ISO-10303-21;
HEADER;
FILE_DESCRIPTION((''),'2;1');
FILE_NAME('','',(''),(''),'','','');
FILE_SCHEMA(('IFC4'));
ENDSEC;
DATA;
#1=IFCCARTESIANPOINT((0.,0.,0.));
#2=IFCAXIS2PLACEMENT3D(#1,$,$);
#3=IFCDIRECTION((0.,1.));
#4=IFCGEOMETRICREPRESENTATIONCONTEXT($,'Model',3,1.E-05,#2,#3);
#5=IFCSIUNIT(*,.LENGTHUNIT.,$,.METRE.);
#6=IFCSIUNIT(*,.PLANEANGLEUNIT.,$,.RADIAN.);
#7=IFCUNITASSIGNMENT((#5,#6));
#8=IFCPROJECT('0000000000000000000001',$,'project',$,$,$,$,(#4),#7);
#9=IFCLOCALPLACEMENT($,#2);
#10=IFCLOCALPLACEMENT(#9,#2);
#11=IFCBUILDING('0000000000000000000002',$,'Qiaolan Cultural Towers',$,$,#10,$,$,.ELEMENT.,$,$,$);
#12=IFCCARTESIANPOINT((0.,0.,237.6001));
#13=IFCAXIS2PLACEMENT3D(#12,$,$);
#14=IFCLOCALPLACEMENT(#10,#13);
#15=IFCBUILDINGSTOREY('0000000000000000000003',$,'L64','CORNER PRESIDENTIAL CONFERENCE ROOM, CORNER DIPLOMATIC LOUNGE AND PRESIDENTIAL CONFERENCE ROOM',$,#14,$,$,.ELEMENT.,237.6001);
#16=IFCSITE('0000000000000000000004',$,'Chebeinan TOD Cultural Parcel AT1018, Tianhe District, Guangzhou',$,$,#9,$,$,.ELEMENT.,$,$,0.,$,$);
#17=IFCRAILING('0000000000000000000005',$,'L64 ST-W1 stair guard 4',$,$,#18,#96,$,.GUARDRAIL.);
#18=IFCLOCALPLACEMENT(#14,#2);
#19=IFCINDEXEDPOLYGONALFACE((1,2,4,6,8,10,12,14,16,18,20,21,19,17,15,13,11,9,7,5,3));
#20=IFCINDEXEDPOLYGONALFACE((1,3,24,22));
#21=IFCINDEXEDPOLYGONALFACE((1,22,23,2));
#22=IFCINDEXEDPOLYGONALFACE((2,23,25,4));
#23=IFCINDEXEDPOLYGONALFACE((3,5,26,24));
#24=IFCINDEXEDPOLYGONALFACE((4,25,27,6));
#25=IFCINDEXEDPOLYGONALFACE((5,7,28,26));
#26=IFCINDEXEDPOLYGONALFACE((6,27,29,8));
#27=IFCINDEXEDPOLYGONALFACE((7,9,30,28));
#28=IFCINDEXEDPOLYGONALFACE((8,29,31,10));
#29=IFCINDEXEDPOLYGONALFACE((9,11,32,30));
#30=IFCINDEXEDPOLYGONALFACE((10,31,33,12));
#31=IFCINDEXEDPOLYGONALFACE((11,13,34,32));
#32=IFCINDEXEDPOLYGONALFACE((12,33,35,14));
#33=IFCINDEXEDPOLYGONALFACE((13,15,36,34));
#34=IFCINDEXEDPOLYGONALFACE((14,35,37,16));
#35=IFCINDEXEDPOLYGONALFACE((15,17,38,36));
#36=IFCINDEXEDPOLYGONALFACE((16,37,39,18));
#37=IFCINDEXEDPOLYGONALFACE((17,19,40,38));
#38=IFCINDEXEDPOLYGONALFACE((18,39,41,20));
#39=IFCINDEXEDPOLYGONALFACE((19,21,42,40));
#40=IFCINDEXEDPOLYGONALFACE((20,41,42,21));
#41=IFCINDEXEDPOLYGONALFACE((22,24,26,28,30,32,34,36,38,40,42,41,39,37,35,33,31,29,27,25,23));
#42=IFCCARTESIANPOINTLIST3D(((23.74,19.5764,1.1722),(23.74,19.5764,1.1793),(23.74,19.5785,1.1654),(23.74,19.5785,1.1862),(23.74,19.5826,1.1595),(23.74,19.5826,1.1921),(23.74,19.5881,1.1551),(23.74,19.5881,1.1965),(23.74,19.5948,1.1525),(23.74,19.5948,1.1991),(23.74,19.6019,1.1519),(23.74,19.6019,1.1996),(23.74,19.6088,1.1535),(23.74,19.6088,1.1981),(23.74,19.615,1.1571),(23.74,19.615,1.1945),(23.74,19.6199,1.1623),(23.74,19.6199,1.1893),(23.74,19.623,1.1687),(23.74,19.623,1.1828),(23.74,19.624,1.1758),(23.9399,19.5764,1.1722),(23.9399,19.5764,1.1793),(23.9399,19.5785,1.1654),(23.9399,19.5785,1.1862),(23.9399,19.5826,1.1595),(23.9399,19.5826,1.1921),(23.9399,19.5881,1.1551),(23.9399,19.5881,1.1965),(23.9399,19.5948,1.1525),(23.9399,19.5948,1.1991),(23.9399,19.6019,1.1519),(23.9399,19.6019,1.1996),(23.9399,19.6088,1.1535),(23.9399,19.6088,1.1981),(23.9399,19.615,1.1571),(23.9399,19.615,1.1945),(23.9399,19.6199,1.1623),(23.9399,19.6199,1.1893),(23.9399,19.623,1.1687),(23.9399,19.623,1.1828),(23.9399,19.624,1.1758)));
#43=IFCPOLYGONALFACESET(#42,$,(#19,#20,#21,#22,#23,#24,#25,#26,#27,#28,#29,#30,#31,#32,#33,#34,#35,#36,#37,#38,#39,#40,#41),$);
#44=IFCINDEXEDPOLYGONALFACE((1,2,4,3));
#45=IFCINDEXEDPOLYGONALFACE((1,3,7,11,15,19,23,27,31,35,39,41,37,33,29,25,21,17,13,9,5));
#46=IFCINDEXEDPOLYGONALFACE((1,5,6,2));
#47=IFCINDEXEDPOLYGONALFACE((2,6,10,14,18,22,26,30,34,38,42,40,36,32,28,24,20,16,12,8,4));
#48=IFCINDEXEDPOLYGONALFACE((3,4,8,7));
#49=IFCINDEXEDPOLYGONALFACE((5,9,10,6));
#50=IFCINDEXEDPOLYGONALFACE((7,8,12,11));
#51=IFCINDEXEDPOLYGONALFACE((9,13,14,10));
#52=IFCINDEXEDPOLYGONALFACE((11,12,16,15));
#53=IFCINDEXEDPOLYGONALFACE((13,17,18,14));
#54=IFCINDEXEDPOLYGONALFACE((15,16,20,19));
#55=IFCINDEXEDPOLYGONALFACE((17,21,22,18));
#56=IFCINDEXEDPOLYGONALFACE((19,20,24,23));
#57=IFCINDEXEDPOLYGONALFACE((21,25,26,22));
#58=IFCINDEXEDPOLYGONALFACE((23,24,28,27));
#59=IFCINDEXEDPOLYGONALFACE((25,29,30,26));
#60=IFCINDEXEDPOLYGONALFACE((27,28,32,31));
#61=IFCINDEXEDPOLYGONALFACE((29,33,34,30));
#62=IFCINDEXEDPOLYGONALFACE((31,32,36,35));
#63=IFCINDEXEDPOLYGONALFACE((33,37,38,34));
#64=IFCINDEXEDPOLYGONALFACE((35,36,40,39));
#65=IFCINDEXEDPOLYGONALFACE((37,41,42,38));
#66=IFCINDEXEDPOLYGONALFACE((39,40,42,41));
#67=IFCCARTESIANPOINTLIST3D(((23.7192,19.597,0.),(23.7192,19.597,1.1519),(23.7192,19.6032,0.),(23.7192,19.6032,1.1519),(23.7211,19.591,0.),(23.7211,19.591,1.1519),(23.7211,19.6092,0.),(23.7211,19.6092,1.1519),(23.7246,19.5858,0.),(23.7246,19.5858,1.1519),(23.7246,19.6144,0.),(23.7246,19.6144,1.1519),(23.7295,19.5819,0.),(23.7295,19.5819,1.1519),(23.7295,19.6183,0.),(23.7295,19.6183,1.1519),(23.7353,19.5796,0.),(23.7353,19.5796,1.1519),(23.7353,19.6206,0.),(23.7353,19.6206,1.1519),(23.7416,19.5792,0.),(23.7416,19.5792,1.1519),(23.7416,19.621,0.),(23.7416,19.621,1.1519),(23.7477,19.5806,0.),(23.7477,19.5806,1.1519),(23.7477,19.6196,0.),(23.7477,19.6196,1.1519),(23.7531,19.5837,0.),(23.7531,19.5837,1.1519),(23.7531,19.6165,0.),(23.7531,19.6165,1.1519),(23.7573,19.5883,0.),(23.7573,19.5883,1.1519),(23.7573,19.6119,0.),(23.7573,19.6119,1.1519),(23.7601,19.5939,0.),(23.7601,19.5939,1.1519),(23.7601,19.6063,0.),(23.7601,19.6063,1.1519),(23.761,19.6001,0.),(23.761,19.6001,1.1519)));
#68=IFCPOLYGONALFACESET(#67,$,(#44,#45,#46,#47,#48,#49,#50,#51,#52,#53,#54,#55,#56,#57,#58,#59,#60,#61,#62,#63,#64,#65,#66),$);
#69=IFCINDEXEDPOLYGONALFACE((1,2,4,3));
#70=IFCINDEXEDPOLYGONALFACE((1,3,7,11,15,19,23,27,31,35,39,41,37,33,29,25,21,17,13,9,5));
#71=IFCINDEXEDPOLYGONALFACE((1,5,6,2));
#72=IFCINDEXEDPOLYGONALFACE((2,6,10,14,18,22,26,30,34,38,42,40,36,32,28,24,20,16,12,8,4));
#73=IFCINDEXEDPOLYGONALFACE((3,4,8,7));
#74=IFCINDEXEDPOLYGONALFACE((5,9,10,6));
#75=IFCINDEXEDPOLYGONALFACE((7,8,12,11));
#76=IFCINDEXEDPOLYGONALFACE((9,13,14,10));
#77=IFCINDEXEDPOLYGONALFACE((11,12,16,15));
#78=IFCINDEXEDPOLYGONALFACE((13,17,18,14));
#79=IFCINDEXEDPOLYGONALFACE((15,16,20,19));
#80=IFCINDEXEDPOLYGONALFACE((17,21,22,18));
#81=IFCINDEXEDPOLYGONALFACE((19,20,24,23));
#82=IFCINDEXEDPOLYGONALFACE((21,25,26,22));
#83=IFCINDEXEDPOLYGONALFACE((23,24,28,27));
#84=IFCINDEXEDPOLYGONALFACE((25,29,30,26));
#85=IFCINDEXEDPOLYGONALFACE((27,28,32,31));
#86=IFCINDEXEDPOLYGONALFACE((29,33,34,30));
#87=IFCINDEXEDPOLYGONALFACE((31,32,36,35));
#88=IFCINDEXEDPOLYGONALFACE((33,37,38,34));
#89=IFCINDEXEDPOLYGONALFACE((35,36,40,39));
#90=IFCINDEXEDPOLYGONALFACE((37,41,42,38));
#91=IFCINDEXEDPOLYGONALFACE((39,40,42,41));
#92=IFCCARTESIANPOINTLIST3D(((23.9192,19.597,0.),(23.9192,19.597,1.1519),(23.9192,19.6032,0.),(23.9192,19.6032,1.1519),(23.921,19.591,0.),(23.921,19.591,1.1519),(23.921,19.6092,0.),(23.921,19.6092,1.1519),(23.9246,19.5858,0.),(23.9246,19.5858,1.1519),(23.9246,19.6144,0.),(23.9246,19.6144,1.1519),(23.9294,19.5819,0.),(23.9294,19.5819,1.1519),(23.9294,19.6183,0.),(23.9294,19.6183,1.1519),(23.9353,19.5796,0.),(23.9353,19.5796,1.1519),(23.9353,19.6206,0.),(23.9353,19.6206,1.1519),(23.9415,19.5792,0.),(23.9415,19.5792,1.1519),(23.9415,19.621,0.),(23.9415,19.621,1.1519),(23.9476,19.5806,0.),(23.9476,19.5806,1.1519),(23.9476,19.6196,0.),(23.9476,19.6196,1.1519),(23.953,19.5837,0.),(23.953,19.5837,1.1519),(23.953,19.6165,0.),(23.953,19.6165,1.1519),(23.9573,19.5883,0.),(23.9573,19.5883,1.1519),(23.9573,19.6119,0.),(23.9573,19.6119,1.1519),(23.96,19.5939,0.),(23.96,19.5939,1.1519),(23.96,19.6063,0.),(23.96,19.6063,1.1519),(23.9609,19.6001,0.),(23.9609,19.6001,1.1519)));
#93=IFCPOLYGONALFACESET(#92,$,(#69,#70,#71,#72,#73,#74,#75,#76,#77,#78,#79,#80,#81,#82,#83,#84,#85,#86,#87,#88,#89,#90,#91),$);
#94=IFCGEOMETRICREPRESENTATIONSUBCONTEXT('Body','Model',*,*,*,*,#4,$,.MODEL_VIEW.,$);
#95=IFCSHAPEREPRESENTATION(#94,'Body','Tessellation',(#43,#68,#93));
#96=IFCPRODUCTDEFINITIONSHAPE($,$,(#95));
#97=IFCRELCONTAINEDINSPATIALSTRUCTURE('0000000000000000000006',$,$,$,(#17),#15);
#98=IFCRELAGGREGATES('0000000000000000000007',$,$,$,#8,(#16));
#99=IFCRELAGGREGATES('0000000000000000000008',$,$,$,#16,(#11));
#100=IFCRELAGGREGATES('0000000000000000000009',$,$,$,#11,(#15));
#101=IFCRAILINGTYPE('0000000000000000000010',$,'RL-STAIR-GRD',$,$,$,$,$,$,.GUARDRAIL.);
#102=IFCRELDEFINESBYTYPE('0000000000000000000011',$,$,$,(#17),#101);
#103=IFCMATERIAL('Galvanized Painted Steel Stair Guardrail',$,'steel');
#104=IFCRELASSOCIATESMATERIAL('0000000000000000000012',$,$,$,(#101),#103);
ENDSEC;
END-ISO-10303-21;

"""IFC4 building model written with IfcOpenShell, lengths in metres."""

from ifc_helpers import new_model, si_unit, direction, frame, origin, origin_2d, place, context, subcontext, project, spatial, circle, extrude, material, type_object, element, save


model = new_model("IFC4")

# Units and contexts
model_context = context("Model", 3, precision=1e-05, world=origin(), true_north=direction((0.0, 1.0)))
body_context = subcontext(model_context, "Body", "Model", "MODEL_VIEW")
ifc_project = project(units=[si_unit("LENGTHUNIT", "METRE"), si_unit("PLANEANGLEUNIT", "RADIAN")], contexts=[model_context])

# Site, building, storey
site_placement = place(None, origin())
site = spatial("IfcSite", under=ifc_project, at=site_placement, Name="Chebeinan TOD Cultural Parcel AT1018, Tianhe District, Guangzhou", CompositionType="ELEMENT", RefElevation=0.0)
building_placement = place(site_placement, origin())
building = spatial("IfcBuilding", under=site, at=building_placement, Name="Qiaolan Cultural Towers", CompositionType="ELEMENT")
storey_placement = place(building_placement, frame((0.0, 0.0, 237.6001)))
storey = spatial("IfcBuildingStorey", under=building, at=storey_placement, Name="L64", Description="CORNER PRESIDENTIAL CONFERENCE ROOM, CORNER DIPLOMATIC LOUNGE AND PRESIDENTIAL CONFERENCE ROOM", CompositionType="ELEMENT", Elevation=237.6001)

# Railing
ifc_material_1 = material(Name="Galvanized Painted Steel Stair Guardrail", Category="steel")
railing_type_1 = type_object("IfcRailingType", Name="RL-STAIR-GRD", PredefinedType="GUARDRAIL", material=ifc_material_1)
railing_1_placement = place(storey_placement, frame((23.74, 19.6001, 0.0)))
element("IfcRailing", 1, at=railing_1_placement, inside=storey, type_object=railing_type_1, Name="L64 ST-W1 stair guard 4", PredefinedType="GUARDRAIL", context=body_context, shape_type="SweptSolid", body=[
    extrude(circle(Radius=0.0239, at=origin_2d()), frame((0.0, 0.0, 1.1758), z_axis=(1.0, 0.0, 0.0), x_axis=(0.0, 1.0, 0.0)), (0.0, 0.0, 1.0), 0.2),
    extrude(circle(Radius=0.021, at=origin_2d()), origin(), (0.0, 0.0, 1.0), 1.1519),
    extrude(circle(Radius=0.021, at=origin_2d()), frame((0.2, 0.0, 0.0)), (0.0, 0.0, 1.0), 1.1519),
])

save(model, "model.ifc")
